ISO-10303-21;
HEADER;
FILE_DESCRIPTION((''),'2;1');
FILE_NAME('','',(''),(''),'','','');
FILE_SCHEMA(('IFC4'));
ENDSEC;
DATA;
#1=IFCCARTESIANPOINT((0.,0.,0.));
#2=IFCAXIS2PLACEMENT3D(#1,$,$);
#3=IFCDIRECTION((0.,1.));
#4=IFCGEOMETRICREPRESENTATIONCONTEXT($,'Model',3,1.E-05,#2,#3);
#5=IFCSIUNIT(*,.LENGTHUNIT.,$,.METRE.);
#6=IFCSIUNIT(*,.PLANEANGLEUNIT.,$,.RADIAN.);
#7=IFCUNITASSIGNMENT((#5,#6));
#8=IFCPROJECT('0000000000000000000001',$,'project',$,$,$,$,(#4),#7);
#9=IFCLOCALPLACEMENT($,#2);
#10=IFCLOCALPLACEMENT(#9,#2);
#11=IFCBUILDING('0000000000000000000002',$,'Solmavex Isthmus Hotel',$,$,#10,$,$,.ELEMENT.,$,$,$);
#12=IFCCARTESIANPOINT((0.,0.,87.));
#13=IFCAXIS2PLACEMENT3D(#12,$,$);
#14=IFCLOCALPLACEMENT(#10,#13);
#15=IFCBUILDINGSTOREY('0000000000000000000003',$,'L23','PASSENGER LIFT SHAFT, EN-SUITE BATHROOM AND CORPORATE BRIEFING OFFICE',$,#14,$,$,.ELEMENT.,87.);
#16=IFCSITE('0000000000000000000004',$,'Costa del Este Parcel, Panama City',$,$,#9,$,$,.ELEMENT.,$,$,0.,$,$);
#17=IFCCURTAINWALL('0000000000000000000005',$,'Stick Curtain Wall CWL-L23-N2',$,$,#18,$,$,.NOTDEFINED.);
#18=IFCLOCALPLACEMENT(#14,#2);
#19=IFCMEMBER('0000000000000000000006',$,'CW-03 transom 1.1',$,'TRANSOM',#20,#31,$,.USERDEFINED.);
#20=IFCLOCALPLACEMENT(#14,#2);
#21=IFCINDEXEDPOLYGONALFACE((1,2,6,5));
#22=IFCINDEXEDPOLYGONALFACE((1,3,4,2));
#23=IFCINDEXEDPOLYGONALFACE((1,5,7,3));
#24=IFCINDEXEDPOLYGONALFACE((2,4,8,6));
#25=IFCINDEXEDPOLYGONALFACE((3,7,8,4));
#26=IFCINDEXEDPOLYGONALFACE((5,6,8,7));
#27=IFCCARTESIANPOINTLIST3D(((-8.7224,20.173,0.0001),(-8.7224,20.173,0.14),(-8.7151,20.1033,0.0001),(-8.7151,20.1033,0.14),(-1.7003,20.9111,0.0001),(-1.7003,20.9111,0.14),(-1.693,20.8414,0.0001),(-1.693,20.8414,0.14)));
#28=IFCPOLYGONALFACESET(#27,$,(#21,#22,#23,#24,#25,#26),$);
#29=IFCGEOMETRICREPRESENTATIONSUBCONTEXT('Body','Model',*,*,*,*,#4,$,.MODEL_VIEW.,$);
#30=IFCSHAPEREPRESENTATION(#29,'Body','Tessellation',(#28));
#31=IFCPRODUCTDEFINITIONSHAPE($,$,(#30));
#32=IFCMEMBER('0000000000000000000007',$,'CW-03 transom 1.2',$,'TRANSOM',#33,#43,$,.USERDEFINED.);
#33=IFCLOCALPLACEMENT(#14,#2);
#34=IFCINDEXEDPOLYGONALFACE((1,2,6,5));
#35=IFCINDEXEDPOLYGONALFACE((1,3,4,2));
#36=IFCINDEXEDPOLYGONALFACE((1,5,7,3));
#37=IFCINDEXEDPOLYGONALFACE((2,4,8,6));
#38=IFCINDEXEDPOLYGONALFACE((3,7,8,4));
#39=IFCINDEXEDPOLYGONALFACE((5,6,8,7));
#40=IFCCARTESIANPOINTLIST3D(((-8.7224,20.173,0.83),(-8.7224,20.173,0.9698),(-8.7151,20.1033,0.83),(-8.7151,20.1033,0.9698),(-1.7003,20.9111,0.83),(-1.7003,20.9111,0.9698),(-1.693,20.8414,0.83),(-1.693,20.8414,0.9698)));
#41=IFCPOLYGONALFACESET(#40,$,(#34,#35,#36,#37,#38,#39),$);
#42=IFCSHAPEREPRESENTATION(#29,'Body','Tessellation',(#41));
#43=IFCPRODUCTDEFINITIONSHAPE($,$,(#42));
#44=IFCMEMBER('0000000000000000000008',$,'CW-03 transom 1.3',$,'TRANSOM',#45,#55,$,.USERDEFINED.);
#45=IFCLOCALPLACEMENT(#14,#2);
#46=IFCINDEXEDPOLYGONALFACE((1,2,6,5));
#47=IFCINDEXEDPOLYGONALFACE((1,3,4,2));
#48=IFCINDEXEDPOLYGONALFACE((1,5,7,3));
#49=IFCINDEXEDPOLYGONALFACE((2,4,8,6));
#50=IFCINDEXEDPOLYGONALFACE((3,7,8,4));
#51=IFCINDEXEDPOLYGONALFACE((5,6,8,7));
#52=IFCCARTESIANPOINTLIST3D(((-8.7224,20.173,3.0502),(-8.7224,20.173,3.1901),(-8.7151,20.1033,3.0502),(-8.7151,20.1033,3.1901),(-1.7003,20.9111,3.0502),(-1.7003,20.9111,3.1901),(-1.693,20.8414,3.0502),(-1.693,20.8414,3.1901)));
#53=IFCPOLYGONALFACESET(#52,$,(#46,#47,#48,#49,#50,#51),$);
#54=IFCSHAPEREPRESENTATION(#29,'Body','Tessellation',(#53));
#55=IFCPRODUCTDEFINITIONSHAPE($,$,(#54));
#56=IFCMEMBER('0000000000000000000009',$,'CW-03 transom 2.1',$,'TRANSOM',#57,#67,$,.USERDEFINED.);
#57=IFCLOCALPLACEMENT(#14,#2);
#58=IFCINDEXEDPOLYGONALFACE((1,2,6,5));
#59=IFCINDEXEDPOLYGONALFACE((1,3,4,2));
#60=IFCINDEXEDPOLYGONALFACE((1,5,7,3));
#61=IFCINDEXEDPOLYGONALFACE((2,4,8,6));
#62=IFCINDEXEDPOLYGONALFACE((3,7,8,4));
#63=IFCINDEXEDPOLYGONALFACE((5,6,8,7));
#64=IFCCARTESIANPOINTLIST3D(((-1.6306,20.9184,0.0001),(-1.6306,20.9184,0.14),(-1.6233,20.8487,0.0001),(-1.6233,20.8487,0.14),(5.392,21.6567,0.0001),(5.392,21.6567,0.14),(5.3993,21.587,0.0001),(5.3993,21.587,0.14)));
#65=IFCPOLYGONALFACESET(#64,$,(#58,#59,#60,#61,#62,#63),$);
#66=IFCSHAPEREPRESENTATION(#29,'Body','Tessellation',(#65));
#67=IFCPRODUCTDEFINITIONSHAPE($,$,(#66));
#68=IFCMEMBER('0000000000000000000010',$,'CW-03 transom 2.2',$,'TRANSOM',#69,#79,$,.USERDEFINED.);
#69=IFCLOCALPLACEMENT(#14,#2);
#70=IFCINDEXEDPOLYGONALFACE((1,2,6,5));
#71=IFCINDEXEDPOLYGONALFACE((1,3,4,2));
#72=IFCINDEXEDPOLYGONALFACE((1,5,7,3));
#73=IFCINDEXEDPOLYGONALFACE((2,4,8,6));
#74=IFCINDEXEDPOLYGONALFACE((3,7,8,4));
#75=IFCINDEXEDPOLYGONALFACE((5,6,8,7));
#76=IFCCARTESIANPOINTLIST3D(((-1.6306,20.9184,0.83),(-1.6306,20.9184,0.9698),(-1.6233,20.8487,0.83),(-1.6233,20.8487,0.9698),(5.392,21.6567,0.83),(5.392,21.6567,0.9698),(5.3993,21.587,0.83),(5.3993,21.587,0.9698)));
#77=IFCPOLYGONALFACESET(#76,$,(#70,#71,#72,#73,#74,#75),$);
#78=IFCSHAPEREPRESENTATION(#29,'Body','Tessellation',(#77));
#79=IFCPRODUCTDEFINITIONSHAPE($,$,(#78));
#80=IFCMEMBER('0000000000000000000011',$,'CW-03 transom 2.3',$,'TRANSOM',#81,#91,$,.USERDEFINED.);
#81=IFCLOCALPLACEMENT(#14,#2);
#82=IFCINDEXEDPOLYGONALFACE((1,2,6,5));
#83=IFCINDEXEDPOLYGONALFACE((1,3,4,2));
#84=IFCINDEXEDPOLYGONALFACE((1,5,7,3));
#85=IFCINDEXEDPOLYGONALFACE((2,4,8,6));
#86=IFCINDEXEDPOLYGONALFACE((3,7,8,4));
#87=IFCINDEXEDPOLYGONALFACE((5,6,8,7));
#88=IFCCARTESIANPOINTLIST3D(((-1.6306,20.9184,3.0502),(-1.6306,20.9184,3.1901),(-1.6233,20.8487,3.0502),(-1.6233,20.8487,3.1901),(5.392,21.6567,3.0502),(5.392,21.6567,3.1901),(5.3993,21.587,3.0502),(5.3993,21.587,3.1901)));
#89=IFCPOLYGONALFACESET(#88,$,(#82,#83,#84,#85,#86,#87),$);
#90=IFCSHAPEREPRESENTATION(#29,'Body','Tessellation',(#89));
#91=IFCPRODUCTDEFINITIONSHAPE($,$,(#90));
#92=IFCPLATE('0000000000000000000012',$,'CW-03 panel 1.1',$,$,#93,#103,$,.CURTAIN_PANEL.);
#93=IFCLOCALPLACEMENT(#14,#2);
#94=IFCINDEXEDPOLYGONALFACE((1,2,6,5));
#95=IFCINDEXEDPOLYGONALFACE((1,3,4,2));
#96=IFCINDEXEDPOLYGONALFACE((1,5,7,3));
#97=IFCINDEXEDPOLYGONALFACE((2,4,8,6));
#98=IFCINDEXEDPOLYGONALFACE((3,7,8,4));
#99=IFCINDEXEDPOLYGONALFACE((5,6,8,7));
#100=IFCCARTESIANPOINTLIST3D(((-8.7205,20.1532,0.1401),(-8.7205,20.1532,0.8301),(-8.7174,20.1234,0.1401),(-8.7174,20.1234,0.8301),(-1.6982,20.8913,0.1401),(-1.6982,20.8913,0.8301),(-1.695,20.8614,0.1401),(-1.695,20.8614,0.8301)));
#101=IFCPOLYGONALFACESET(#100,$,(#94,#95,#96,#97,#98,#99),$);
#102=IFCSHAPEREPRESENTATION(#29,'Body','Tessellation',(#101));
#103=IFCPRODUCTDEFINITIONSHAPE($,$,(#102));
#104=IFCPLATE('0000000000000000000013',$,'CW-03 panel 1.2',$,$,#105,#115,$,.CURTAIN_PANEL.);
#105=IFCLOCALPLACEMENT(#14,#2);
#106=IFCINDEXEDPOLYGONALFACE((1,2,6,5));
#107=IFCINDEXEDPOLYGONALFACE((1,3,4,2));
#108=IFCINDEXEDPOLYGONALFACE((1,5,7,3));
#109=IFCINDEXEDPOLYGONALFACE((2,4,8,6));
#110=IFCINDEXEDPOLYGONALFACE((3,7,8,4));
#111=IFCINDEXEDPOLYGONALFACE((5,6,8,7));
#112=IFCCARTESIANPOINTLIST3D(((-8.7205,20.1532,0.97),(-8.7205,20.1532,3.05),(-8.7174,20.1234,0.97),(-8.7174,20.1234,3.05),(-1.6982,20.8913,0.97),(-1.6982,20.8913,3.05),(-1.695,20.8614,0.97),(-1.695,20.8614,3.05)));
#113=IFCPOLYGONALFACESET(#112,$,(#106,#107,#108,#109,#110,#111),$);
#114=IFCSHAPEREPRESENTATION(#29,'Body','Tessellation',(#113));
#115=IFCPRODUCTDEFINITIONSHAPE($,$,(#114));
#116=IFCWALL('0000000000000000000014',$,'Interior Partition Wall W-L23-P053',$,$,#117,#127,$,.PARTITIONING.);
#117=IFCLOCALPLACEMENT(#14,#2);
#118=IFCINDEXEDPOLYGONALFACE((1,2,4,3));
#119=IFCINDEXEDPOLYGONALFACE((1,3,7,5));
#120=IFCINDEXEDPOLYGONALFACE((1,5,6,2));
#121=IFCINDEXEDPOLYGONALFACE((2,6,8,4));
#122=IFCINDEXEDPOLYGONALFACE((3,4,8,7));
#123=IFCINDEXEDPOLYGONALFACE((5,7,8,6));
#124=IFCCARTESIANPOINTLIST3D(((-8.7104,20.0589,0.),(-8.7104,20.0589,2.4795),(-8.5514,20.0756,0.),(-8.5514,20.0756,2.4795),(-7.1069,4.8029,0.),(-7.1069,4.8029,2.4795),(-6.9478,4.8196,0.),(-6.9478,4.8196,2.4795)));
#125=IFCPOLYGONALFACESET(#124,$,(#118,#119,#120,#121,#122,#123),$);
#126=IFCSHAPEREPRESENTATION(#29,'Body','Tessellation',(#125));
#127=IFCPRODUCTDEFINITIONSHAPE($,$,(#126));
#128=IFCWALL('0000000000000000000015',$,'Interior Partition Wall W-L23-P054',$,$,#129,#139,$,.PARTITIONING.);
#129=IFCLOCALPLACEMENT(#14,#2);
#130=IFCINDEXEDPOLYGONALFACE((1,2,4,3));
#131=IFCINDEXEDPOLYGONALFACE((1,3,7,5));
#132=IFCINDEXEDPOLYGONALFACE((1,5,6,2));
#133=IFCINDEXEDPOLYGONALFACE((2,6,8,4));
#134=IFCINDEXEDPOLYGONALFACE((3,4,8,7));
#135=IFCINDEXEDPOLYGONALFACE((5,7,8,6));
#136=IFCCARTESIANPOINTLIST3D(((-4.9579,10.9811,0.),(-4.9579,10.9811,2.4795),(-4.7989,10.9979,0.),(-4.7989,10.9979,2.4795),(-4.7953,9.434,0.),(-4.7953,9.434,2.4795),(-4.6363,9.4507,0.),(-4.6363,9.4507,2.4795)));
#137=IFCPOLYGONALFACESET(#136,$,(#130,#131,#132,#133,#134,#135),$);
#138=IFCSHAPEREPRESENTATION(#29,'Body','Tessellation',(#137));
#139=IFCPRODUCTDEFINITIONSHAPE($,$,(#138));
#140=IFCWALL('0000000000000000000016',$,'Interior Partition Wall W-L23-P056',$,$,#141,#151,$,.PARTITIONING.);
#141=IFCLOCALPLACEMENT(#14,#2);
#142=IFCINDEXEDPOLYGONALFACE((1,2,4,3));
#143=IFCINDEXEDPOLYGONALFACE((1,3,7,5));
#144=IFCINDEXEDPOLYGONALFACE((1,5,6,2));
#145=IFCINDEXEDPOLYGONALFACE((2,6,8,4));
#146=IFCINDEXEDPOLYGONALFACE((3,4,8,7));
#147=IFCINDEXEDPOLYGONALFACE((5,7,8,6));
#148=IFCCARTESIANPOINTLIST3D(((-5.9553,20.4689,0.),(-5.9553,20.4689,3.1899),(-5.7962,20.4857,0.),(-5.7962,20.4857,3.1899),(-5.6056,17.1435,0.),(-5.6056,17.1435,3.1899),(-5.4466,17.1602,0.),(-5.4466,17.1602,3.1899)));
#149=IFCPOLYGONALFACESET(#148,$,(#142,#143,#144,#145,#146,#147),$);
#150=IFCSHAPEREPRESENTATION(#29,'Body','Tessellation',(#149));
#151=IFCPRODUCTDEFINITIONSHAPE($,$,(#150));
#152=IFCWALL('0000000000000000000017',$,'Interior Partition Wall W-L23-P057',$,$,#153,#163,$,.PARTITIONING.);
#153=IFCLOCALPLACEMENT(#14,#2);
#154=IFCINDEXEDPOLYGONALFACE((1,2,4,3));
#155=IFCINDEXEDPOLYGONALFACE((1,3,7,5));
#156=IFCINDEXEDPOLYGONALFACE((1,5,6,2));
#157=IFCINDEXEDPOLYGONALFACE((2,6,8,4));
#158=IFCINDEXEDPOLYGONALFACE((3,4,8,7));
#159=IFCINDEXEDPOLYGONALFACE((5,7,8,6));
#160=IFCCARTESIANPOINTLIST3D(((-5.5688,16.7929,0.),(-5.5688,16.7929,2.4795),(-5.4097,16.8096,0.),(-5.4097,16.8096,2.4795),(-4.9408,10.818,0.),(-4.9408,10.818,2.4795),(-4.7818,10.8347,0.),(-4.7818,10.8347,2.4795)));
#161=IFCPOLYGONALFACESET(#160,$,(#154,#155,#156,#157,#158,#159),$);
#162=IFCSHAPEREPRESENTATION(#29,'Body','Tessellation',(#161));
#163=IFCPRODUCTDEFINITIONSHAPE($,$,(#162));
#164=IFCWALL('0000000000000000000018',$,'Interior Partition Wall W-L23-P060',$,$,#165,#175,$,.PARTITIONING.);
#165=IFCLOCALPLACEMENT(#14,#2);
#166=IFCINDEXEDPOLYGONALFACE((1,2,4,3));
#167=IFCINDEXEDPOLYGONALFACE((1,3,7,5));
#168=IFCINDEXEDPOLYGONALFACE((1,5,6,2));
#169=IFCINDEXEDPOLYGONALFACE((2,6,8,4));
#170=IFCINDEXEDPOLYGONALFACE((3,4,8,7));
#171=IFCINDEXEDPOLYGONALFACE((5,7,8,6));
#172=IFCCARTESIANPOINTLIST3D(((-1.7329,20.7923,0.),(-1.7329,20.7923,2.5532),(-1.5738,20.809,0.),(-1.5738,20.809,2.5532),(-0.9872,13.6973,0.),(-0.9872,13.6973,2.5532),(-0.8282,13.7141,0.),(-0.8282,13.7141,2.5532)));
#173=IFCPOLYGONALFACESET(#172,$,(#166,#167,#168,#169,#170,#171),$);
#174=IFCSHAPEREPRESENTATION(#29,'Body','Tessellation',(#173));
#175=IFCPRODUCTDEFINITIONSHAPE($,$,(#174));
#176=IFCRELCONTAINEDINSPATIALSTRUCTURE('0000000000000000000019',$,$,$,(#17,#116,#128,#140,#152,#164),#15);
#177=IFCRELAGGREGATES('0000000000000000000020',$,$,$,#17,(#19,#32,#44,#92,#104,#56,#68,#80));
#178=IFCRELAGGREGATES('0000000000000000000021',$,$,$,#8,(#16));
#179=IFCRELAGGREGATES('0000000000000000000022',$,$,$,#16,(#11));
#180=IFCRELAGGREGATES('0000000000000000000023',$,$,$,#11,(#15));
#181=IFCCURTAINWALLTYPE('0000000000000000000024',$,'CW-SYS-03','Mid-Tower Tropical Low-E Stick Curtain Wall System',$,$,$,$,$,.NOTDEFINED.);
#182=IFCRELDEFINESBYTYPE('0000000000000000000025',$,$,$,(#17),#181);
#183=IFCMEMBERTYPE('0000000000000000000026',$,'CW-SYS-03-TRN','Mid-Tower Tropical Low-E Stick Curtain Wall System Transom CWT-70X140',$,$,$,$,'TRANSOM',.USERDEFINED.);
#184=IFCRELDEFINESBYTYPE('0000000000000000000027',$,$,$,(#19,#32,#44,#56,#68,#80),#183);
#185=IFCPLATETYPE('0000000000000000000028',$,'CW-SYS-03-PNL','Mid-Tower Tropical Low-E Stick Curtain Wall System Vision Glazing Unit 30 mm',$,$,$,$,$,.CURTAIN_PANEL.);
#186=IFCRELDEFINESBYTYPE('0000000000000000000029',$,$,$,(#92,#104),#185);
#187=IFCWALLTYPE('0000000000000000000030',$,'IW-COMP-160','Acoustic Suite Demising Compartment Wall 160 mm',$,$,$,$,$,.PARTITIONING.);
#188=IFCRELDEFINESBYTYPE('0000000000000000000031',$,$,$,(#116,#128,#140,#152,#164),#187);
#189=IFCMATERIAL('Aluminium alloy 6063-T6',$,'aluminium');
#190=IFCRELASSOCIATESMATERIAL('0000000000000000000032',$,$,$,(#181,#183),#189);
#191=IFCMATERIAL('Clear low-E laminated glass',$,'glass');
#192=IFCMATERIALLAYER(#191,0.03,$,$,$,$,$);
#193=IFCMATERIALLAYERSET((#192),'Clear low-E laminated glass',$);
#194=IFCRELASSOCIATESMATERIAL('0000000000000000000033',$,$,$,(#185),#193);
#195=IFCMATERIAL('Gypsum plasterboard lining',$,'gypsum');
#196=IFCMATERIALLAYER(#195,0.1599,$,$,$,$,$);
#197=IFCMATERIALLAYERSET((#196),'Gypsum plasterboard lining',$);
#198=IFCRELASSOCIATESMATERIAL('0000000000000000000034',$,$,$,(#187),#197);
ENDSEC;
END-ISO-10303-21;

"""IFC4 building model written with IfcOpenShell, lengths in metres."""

from ifc_helpers import new_model, si_unit, direction, frame, frame_2d, origin, origin_2d, place, context, subcontext, project, spatial, rectangle, extrude, material, layer, layer_set, material_profile, profile_set, type_object, element, aggregate, save


model = new_model("IFC4")

# Units and contexts
model_context = context("Model", 3, precision=1e-05, world=origin(), true_north=direction((0.0, 1.0)))
body_context = subcontext(model_context, "Body", "Model", "MODEL_VIEW")
ifc_project = project(units=[si_unit("LENGTHUNIT", "METRE"), si_unit("PLANEANGLEUNIT", "RADIAN")], contexts=[model_context])

# Site, building, storey
site_placement = place(None, origin())
site = spatial("IfcSite", under=ifc_project, at=site_placement, Name="Costa del Este Parcel, Panama City", CompositionType="ELEMENT", RefElevation=0.0)
building_placement = place(site_placement, origin())
building = spatial("IfcBuilding", under=site, at=building_placement, Name="Solmavex Isthmus Hotel", CompositionType="ELEMENT")
storey_placement = place(building_placement, frame((0.0, 0.0, 87.0)))
storey = spatial("IfcBuildingStorey", under=building, at=storey_placement, Name="L23", Description="PASSENGER LIFT SHAFT, EN-SUITE BATHROOM AND CORPORATE BRIEFING OFFICE", CompositionType="ELEMENT", Elevation=87.0)

# Shared definitions
ifc_material_1 = material(Name="Aluminium alloy 6063-T6", Category="aluminium")
curtain_wall_type = type_object("IfcCurtainWallType", Name="CW-SYS-03", Description="Mid-Tower Tropical Low-E Stick Curtain Wall System", PredefinedType="NOTDEFINED", material=ifc_material_1)

# Curtain wall, members, plates
curtain_wall_1_placement = place(storey_placement, origin())
curtain_wall_1 = element("IfcCurtainWall", 1, at=curtain_wall_1_placement, inside=storey, type_object=curtain_wall_type, Name="Stick Curtain Wall CWL-L23-N2", PredefinedType="NOTDEFINED")
ifc_material_profile_1 = material_profile(ifc_material_1, rectangle(XDim=0.0701, YDim=0.1399, at=origin_2d()), Name="CWT-70X140")
ifc_profile_set_1 = profile_set([ifc_material_profile_1], Name="Aluminium alloy 6063-T6")
member_type_1 = type_object("IfcMemberType", Name="CW-SYS-03-TRN", Description="Mid-Tower Tropical Low-E Stick Curtain Wall System Transom CWT-70X140", ElementType="TRANSOM", PredefinedType="USERDEFINED", material=ifc_profile_set_1)
member_1_placement = place(storey_placement, frame((-8.7188, 20.1382, 0.0701), z_axis=(0.994522, 0.104525, 0.0), x_axis=(-0.104525, 0.994522, 0.0)))
member_1 = element("IfcMember", 2, at=member_1_placement, type_object=member_type_1, Name="CW-03 transom 1.1", ObjectType="TRANSOM", PredefinedType="USERDEFINED", context=body_context, shape_type="SweptSolid", body=[
    extrude(rectangle(XDim=0.0701, YDim=0.1399, at=origin_2d()), origin(), (0.0, 0.0, 1.0), 7.0608),
])
member_2_placement = place(storey_placement, frame((-8.7188, 20.1382, 0.8999), z_axis=(0.994522, 0.104525, 0.0), x_axis=(-0.104525, 0.994522, 0.0)))
member_2 = element("IfcMember", 3, at=member_2_placement, type_object=member_type_1, Name="CW-03 transom 1.2", ObjectType="TRANSOM", PredefinedType="USERDEFINED", context=body_context, shape_type="SweptSolid", body=[
    extrude(rectangle(XDim=0.0701, YDim=0.1399, at=origin_2d()), origin(), (0.0, 0.0, 1.0), 7.0608),
])
member_3_placement = place(storey_placement, frame((-8.7188, 20.1382, 3.1201), z_axis=(0.994522, 0.104525, 0.0), x_axis=(-0.104525, 0.994522, 0.0)))
member_3 = element("IfcMember", 4, at=member_3_placement, type_object=member_type_1, Name="CW-03 transom 1.3", ObjectType="TRANSOM", PredefinedType="USERDEFINED", context=body_context, shape_type="SweptSolid", body=[
    extrude(rectangle(XDim=0.0701, YDim=0.1399, at=origin_2d()), origin(), (0.0, 0.0, 1.0), 7.0608),
])
member_4_placement = place(storey_placement, frame((-1.627, 20.8835, 0.0701), z_axis=(0.994519, 0.104555, 0.0), x_axis=(-0.104555, 0.994519, 0.0)))
member_4 = element("IfcMember", 5, at=member_4_placement, type_object=member_type_1, Name="CW-03 transom 2.1", ObjectType="TRANSOM", PredefinedType="USERDEFINED", context=body_context, shape_type="SweptSolid", body=[
    extrude(rectangle(XDim=0.0701, YDim=0.1399, at=origin_2d()), origin(), (0.0, 0.0, 1.0), 7.0613),
])
member_5_placement = place(storey_placement, frame((-1.627, 20.8835, 0.8999), z_axis=(0.994519, 0.104555, 0.0), x_axis=(-0.104555, 0.994519, 0.0)))
member_5 = element("IfcMember", 6, at=member_5_placement, type_object=member_type_1, Name="CW-03 transom 2.2", ObjectType="TRANSOM", PredefinedType="USERDEFINED", context=body_context, shape_type="SweptSolid", body=[
    extrude(rectangle(XDim=0.0701, YDim=0.1399, at=origin_2d()), origin(), (0.0, 0.0, 1.0), 7.0613),
])
member_6_placement = place(storey_placement, frame((-1.627, 20.8835, 3.1201), z_axis=(0.994519, 0.104555, 0.0), x_axis=(-0.104555, 0.994519, 0.0)))
member_6 = element("IfcMember", 7, at=member_6_placement, type_object=member_type_1, Name="CW-03 transom 2.3", ObjectType="TRANSOM", PredefinedType="USERDEFINED", context=body_context, shape_type="SweptSolid", body=[
    extrude(rectangle(XDim=0.0701, YDim=0.1399, at=origin_2d()), origin(), (0.0, 0.0, 1.0), 7.0613),
])
ifc_material_2 = material(Name="Clear low-E laminated glass", Category="glass")
ifc_layer_1 = layer(ifc_material_2, 0.03)
ifc_layer_set_1 = layer_set([ifc_layer_1], Name="Clear low-E laminated glass")
plate_type = type_object("IfcPlateType", Name="CW-SYS-03-PNL", Description="Mid-Tower Tropical Low-E Stick Curtain Wall System Vision Glazing Unit 30 mm", PredefinedType="CURTAIN_PANEL", material=ifc_layer_set_1)
plate_1_placement = place(storey_placement, frame((-5.2078, 20.5073, 0.1401), z_axis=(0.0, 0.0, 1.0), x_axis=(0.994522, 0.104528, 0.0)))
plate_1 = element("IfcPlate", 8, at=plate_1_placement, type_object=plate_type, Name="CW-03 panel 1.1", PredefinedType="CURTAIN_PANEL", context=body_context, shape_type="SweptSolid", body=[
    extrude(rectangle(XDim=7.061, YDim=0.03, at=origin_2d()), origin(), (0.0, 0.0, 1.0), 0.6899),
])
plate_2_placement = place(storey_placement, frame((-5.2078, 20.5073, 0.97), z_axis=(0.0, 0.0, 1.0), x_axis=(0.994522, 0.104528, 0.0)))
plate_2 = element("IfcPlate", 9, at=plate_2_placement, type_object=plate_type, Name="CW-03 panel 1.2", PredefinedType="CURTAIN_PANEL", context=body_context, shape_type="SweptSolid", body=[
    extrude(rectangle(XDim=7.061, YDim=0.03, at=origin_2d()), origin(), (0.0, 0.0, 1.0), 2.0801),
])
aggregate(curtain_wall_1, [member_1, member_2, member_3, plate_1, plate_2, member_4, member_5, member_6])

# Walls
ifc_material_3 = material(Name="Gypsum plasterboard lining", Category="gypsum")
ifc_layer_2 = layer(ifc_material_3, 0.1599)
ifc_layer_set_2 = layer_set([ifc_layer_2], Name="Gypsum plasterboard lining")
wall_type_1 = type_object("IfcWallType", Name="IW-COMP-160", Description="Acoustic Suite Demising Compartment Wall 160 mm", PredefinedType="PARTITIONING", material=ifc_layer_set_2)
wall_1_placement = place(storey_placement, frame((-8.6309, 20.0671, 0.0), z_axis=(0.0, 0.0, 1.0), x_axis=(0.104531, -0.994522, 0.0)))
element("IfcWall", 10, at=wall_1_placement, inside=storey, type_object=wall_type_1, Name="Interior Partition Wall W-L23-P053", PredefinedType="PARTITIONING", context=body_context, shape_type="SweptSolid", body=[
    extrude(rectangle(XDim=15.3401, YDim=0.1599, at=frame_2d((7.6699, 0.0))), origin(), (0.0, 0.0, 1.0), 2.4795),
])
wall_2_placement = place(storey_placement, frame((-4.8784, 10.9895, 0.0), z_axis=(0.0, 0.0, 1.0), x_axis=(0.104521, -0.994523, 0.0)))
element("IfcWall", 11, at=wall_2_placement, inside=storey, type_object=wall_type_1, Name="Interior Partition Wall W-L23-P054", PredefinedType="PARTITIONING", context=body_context, shape_type="SweptSolid", body=[
    extrude(rectangle(XDim=1.5557, YDim=0.1599, at=frame_2d((0.7778, 0.0))), origin(), (0.0, 0.0, 1.0), 2.4795),
])
wall_3_placement = place(storey_placement, frame((-5.8757, 20.4773, 0.0), z_axis=(0.0, 0.0, 1.0), x_axis=(0.104556, -0.994519, 0.0)))
element("IfcWall", 12, at=wall_3_placement, inside=storey, type_object=wall_type_1, Name="Interior Partition Wall W-L23-P056", PredefinedType="PARTITIONING", context=body_context, shape_type="SweptSolid", body=[
    extrude(rectangle(XDim=3.3438, YDim=0.1599, at=frame_2d((1.6719, 0.0))), origin(), (0.0, 0.0, 1.0), 3.1899),
])
wall_4_placement = place(storey_placement, frame((-5.4893, 16.8013, 0.0), z_axis=(0.0, 0.0, 1.0), x_axis=(0.10452, -0.994523, 0.0)))
element("IfcWall", 13, at=wall_4_placement, inside=storey, type_object=wall_type_1, Name="Interior Partition Wall W-L23-P057", PredefinedType="PARTITIONING", context=body_context, shape_type="SweptSolid", body=[
    extrude(rectangle(XDim=6.0078, YDim=0.1599, at=frame_2d((3.0039, 0.0))), origin(), (0.0, 0.0, 1.0), 2.4795),
])

# Wall
wall_5_placement = place(storey_placement, frame((-1.6533, 20.8005, 0.0), z_axis=(0.0, 0.0, 1.0), x_axis=(0.104514, -0.994523, 0.0)))
element("IfcWall", 14, at=wall_5_placement, inside=storey, type_object=wall_type_1, Name="Interior Partition Wall W-L23-P060", PredefinedType="PARTITIONING", context=body_context, shape_type="SweptSolid", body=[
    extrude(rectangle(XDim=7.134, YDim=0.1599, at=frame_2d((3.5669, 0.0))), origin(), (0.0, 0.0, 1.0), 2.5532),
])

save(model, "model.ifc")
